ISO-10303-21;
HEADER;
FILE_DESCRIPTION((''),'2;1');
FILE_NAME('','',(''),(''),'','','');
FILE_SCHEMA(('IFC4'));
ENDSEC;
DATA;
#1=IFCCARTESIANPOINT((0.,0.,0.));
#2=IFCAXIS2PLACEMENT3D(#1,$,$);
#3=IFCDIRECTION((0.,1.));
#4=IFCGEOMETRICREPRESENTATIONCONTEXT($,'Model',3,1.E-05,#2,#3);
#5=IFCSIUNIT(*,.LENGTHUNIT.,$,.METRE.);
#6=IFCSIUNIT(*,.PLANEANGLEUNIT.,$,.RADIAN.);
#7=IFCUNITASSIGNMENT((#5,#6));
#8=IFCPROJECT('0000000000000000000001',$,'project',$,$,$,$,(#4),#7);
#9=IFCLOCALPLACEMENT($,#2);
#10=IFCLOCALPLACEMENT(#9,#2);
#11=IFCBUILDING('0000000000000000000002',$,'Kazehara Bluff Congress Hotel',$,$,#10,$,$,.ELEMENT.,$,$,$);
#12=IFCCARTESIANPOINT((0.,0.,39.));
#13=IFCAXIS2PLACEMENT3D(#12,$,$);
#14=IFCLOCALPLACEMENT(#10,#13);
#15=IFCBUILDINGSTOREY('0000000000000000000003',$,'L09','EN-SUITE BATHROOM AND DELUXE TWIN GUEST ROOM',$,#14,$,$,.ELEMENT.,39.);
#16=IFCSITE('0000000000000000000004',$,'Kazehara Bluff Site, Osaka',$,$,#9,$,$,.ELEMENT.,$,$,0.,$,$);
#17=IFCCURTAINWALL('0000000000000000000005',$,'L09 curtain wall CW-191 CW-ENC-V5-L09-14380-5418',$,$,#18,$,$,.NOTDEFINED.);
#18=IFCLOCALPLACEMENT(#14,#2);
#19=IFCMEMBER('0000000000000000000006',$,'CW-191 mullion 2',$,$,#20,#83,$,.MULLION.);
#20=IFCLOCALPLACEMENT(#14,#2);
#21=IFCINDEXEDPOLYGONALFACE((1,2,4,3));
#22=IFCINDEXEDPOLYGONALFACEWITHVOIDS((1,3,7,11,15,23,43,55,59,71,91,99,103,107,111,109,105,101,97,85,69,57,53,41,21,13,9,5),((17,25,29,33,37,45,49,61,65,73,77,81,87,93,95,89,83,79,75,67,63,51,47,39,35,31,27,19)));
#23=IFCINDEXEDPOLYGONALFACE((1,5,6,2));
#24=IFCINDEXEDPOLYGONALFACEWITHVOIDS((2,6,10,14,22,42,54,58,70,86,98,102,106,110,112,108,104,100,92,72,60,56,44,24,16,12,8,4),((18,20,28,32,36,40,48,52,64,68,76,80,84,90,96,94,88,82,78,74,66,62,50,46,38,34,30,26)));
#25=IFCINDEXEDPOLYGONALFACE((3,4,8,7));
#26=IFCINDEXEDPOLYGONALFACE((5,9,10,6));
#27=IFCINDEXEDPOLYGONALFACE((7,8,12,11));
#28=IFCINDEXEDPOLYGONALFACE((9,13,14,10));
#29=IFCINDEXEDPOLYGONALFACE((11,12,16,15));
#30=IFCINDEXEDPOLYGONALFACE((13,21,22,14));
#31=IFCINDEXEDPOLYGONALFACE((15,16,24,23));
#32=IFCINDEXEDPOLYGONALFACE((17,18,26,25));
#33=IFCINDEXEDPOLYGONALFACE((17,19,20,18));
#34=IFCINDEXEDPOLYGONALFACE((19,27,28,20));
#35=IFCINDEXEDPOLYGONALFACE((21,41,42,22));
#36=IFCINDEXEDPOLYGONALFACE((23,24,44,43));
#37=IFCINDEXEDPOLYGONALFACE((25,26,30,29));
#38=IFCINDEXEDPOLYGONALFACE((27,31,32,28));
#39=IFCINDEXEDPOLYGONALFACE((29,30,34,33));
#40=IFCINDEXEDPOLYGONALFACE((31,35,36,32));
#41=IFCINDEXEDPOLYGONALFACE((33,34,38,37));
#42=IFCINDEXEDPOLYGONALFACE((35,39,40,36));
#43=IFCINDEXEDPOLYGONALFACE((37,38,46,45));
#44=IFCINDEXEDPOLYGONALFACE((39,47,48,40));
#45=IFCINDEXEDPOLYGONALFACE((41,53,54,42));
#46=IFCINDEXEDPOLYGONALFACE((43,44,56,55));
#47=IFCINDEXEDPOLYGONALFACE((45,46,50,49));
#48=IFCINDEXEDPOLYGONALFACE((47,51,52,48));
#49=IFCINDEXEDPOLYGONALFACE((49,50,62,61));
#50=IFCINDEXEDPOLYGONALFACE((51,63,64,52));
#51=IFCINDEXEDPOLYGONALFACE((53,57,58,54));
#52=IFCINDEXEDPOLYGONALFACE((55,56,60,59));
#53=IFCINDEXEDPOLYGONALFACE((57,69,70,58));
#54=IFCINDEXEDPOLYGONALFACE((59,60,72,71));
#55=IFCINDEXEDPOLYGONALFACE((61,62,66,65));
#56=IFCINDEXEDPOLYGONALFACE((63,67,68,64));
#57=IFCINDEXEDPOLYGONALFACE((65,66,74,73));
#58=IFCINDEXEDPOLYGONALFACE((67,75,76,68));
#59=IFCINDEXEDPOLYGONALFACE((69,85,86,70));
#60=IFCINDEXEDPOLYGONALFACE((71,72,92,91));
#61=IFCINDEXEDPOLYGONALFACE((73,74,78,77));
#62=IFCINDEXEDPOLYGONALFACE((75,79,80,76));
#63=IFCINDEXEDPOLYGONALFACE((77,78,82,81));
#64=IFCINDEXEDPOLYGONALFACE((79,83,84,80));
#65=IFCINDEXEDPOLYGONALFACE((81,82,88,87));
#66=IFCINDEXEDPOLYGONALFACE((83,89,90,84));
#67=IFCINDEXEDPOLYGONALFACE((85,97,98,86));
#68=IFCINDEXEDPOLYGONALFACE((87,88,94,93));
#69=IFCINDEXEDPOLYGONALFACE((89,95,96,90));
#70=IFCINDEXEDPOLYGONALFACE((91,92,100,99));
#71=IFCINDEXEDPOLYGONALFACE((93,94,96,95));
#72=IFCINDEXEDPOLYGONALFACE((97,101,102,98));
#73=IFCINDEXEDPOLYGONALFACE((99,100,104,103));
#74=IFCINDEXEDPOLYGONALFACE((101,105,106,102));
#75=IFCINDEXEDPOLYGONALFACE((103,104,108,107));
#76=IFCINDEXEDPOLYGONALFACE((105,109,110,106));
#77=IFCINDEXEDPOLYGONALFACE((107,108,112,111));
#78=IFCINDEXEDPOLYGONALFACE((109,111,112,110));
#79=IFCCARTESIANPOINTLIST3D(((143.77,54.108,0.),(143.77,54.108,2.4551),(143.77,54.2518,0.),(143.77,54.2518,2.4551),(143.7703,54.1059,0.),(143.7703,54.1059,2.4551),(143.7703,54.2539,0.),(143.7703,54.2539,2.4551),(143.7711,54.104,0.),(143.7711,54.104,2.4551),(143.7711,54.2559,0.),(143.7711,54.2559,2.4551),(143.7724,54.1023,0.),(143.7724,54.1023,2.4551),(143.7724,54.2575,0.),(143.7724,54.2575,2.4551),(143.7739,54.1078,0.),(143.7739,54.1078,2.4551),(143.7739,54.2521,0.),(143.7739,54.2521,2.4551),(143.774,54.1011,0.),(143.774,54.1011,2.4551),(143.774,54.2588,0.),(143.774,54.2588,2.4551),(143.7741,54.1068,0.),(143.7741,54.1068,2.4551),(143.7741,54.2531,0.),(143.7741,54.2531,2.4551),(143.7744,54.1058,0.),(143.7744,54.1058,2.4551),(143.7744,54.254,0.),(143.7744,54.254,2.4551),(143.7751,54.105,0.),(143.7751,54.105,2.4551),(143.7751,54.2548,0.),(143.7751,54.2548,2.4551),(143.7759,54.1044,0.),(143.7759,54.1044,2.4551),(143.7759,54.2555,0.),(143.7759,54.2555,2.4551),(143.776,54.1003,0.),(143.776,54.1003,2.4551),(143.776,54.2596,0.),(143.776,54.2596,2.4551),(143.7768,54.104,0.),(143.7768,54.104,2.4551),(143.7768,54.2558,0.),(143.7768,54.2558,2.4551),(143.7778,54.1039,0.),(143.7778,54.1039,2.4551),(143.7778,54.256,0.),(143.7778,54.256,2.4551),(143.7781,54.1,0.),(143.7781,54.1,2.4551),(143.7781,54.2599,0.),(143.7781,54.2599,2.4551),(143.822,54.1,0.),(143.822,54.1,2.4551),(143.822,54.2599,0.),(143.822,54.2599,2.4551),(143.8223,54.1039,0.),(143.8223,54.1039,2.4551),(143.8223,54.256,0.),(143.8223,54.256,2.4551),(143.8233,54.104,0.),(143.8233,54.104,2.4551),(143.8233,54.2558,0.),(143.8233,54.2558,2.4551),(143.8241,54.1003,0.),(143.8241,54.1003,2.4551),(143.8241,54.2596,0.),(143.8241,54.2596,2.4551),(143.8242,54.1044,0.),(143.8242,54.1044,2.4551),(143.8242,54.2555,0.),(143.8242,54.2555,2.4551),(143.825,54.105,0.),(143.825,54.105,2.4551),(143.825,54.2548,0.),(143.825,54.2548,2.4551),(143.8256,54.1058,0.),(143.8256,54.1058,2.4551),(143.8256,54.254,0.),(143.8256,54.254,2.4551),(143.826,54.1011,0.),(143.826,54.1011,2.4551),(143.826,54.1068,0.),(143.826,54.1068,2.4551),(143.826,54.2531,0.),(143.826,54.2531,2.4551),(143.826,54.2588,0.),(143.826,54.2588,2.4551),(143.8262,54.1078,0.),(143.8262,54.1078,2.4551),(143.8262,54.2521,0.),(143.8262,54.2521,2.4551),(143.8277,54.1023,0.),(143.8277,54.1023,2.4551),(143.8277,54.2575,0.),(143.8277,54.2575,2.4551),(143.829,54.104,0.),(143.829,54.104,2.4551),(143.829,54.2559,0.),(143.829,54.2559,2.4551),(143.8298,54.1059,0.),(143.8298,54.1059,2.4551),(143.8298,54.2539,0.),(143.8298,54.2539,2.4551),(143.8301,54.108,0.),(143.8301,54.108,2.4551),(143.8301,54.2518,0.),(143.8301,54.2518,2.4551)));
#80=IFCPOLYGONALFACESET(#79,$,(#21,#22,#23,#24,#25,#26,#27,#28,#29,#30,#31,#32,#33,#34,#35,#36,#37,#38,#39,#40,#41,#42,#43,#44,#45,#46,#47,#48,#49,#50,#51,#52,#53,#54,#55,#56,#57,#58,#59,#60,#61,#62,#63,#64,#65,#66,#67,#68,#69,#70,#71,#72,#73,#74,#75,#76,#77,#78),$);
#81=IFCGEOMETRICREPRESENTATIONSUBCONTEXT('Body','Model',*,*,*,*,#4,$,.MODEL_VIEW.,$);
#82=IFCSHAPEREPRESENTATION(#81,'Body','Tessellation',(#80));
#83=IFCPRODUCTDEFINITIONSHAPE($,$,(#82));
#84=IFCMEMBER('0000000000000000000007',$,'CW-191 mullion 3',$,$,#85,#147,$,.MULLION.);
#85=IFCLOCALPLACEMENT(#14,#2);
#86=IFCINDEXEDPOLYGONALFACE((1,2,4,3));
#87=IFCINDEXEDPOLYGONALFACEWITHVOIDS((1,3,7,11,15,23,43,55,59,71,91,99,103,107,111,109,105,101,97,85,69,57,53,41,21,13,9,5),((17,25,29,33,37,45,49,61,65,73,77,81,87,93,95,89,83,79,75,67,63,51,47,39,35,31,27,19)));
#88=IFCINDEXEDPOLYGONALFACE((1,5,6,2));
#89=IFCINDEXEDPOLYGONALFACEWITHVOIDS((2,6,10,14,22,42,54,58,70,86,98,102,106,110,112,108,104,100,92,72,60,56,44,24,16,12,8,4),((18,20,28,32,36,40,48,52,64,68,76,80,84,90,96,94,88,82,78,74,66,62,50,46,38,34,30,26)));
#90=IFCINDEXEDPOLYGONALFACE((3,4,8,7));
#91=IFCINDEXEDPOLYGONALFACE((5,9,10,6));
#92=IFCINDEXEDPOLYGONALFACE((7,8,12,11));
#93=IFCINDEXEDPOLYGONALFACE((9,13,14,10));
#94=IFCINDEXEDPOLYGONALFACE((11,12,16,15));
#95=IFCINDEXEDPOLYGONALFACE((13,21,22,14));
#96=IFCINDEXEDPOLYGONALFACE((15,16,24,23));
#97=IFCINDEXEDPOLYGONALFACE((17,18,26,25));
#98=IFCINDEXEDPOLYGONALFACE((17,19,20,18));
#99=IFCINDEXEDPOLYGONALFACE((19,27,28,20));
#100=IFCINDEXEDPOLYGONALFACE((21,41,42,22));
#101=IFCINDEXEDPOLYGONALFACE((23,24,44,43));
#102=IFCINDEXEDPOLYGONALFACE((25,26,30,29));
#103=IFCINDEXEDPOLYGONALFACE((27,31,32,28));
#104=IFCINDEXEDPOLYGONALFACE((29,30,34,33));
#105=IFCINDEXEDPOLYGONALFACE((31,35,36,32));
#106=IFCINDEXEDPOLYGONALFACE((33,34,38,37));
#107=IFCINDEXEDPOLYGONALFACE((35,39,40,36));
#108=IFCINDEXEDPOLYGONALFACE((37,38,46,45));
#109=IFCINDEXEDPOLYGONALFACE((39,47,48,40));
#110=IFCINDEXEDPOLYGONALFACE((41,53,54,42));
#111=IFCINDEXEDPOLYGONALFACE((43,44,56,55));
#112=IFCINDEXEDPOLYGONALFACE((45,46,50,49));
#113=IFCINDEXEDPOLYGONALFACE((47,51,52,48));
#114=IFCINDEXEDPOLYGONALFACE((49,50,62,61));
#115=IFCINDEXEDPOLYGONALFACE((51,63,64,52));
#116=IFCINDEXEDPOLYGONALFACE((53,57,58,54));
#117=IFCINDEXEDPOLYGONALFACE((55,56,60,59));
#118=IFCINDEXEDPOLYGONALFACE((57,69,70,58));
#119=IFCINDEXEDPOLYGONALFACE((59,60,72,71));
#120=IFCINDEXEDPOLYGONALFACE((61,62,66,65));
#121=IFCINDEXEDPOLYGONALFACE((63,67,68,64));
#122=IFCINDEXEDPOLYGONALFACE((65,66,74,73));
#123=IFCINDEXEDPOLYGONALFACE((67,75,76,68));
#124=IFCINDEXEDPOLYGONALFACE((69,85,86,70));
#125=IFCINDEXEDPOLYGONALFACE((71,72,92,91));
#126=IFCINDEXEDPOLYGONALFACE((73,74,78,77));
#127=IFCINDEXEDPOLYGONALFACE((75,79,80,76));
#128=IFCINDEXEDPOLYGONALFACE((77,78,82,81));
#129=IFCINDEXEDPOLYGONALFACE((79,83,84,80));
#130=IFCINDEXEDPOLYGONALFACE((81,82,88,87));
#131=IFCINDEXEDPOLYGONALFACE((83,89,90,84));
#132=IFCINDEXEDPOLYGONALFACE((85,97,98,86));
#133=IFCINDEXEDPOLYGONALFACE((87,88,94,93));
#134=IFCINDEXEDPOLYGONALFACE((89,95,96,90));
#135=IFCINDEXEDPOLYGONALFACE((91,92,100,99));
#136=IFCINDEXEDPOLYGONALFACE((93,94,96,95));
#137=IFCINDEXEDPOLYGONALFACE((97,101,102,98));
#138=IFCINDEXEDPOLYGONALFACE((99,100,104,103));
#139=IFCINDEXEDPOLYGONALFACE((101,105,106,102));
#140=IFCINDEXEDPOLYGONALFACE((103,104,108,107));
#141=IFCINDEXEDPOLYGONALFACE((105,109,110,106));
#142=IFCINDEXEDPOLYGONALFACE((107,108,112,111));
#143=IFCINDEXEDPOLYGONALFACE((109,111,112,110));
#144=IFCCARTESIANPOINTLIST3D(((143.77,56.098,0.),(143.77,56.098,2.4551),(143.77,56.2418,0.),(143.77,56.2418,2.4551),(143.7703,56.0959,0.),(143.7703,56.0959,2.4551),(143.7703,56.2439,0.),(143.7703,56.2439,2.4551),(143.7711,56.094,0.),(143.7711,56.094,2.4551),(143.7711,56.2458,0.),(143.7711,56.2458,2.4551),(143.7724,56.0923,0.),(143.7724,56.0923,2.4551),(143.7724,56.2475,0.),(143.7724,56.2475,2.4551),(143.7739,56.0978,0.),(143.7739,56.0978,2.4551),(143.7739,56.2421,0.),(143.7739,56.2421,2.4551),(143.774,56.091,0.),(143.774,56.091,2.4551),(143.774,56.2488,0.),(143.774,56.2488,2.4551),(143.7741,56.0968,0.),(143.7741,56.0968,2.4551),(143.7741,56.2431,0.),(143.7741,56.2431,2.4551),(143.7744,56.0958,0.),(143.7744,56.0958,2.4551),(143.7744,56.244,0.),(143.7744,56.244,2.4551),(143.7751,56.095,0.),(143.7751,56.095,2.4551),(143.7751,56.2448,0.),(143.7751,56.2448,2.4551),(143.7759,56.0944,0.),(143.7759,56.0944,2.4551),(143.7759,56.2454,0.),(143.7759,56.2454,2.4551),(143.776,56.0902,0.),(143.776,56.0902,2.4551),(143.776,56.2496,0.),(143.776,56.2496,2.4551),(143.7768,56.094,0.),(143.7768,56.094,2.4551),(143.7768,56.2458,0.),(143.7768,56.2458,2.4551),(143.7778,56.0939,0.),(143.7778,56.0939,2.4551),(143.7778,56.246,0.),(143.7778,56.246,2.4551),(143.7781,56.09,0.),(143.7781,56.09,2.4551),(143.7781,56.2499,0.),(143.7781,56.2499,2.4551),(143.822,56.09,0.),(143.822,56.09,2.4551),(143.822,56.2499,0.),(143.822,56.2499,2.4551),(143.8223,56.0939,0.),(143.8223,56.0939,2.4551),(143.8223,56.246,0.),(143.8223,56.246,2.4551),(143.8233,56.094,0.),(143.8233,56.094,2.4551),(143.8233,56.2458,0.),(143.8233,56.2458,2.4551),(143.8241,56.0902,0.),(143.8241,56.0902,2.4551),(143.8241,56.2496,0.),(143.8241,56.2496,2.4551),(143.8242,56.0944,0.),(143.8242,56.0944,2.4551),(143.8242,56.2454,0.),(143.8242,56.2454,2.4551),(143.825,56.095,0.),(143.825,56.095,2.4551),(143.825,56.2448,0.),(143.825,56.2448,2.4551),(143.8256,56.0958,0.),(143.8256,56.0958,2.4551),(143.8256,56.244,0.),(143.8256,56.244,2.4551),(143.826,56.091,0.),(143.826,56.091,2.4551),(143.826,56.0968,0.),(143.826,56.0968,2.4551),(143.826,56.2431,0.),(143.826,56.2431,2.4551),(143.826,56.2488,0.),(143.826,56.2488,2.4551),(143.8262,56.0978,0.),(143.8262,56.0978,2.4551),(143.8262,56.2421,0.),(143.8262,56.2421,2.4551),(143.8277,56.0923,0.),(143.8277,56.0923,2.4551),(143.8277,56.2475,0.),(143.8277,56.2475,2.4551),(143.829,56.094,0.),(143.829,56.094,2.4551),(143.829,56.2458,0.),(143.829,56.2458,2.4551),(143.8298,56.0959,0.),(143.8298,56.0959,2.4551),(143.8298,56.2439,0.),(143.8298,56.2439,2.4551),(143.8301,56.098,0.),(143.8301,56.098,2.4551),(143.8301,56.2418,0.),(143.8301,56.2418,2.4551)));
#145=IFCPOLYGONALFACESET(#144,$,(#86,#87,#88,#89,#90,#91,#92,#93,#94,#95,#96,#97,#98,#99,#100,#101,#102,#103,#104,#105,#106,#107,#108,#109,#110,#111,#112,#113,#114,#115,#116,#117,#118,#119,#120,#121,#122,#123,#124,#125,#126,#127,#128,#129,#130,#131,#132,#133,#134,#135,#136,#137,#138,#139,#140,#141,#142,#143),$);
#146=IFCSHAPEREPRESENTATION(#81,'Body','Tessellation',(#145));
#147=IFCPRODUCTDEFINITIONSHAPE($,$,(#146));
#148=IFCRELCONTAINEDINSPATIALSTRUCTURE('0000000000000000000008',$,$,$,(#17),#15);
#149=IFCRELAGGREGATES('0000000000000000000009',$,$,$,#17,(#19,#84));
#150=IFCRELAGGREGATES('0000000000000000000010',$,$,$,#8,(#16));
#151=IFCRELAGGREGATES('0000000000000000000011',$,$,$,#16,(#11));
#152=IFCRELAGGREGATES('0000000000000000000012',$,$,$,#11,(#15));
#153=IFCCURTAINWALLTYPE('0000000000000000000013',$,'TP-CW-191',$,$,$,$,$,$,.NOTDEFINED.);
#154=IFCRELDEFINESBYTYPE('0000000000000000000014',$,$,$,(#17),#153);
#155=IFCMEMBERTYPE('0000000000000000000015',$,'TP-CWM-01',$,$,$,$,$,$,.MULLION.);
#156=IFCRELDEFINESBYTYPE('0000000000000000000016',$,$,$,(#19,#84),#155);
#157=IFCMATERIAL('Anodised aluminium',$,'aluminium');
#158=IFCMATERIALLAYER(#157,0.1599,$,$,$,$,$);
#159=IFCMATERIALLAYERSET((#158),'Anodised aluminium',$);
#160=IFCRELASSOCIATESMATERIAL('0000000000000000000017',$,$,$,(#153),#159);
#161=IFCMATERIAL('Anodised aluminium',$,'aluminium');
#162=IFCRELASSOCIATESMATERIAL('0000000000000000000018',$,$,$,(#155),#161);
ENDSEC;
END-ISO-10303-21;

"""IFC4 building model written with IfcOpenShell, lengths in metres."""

from ifc_helpers import new_model, si_unit, direction, frame, origin, origin_2d, place, context, subcontext, project, spatial, hollow_rectangle, extrude, material, layer, layer_set, material_profile, profile_set, type_object, element, aggregate, save


model = new_model("IFC4")

# Units and contexts
model_context = context("Model", 3, precision=1e-05, world=origin(), true_north=direction((0.0, 1.0)))
body_context = subcontext(model_context, "Body", "Model", "MODEL_VIEW")
ifc_project = project(units=[si_unit("LENGTHUNIT", "METRE"), si_unit("PLANEANGLEUNIT", "RADIAN")], contexts=[model_context])

# Site, building, storey
site_placement = place(None, origin())
site = spatial("IfcSite", under=ifc_project, at=site_placement, Name="Kazehara Bluff Site, Osaka", CompositionType="ELEMENT", RefElevation=0.0)
building_placement = place(site_placement, origin())
building = spatial("IfcBuilding", under=site, at=building_placement, Name="Kazehara Bluff Congress Hotel", CompositionType="ELEMENT")
storey_placement = place(building_placement, frame((0.0, 0.0, 39.0)))
storey = spatial("IfcBuildingStorey", under=building, at=storey_placement, Name="L09", Description="EN-SUITE BATHROOM AND DELUXE TWIN GUEST ROOM", CompositionType="ELEMENT", Elevation=39.0)

# Curtain wall, members
ifc_material_1 = material(Name="Anodised aluminium", Category="aluminium")
ifc_layer_1 = layer(ifc_material_1, 0.1599)
ifc_layer_set_1 = layer_set([ifc_layer_1], Name="Anodised aluminium")
curtain_wall_type_1 = type_object("IfcCurtainWallType", Name="TP-CW-191", PredefinedType="NOTDEFINED", material=ifc_layer_set_1)
curtain_wall_1_placement = place(storey_placement, origin())
curtain_wall_1 = element("IfcCurtainWall", 1, at=curtain_wall_1_placement, inside=storey, type_object=curtain_wall_type_1, Name="L09 curtain wall CW-191 CW-ENC-V5-L09-14380-5418", PredefinedType="NOTDEFINED")
ifc_material_2 = material(Name="Anodised aluminium", Category="aluminium")
ifc_material_profile_1 = material_profile(ifc_material_2, hollow_rectangle(XDim=0.0601, YDim=0.1599, WallThickness=0.0039, InnerFilletRadius=0.0039, OuterFilletRadius=0.0081, at=origin_2d()))
ifc_profile_set_1 = profile_set([ifc_material_profile_1], Name="Anodised aluminium")
member_type_1 = type_object("IfcMemberType", Name="TP-CWM-01", PredefinedType="MULLION", material=ifc_profile_set_1)
member_1_placement = place(storey_placement, frame((143.8, 54.1799, 0.0), z_axis=(0.0, 0.0, 1.0), x_axis=(-1.0, 0.0, 0.0)))
member_1 = element("IfcMember", 2, at=member_1_placement, type_object=member_type_1, Name="CW-191 mullion 2", PredefinedType="MULLION", context=body_context, shape_type="SweptSolid", body=[
    extrude(hollow_rectangle(XDim=0.0601, YDim=0.1599, WallThickness=0.0039, InnerFilletRadius=0.0039, OuterFilletRadius=0.0081, at=origin_2d()), origin(), (0.0, 0.0, 1.0), 2.4551),
])
member_2_placement = place(storey_placement, frame((143.8, 56.1699, 0.0), z_axis=(0.0, 0.0, 1.0), x_axis=(-1.0, 0.0, 0.0)))
member_2 = element("IfcMember", 3, at=member_2_placement, type_object=member_type_1, Name="CW-191 mullion 3", PredefinedType="MULLION", context=body_context, shape_type="SweptSolid", body=[
    extrude(hollow_rectangle(XDim=0.0601, YDim=0.1599, WallThickness=0.0039, InnerFilletRadius=0.0039, OuterFilletRadius=0.0081, at=origin_2d()), origin(), (0.0, 0.0, 1.0), 2.4551),
])

aggregate(curtain_wall_1, [member_1, member_2])

save(model, "model.ifc")
